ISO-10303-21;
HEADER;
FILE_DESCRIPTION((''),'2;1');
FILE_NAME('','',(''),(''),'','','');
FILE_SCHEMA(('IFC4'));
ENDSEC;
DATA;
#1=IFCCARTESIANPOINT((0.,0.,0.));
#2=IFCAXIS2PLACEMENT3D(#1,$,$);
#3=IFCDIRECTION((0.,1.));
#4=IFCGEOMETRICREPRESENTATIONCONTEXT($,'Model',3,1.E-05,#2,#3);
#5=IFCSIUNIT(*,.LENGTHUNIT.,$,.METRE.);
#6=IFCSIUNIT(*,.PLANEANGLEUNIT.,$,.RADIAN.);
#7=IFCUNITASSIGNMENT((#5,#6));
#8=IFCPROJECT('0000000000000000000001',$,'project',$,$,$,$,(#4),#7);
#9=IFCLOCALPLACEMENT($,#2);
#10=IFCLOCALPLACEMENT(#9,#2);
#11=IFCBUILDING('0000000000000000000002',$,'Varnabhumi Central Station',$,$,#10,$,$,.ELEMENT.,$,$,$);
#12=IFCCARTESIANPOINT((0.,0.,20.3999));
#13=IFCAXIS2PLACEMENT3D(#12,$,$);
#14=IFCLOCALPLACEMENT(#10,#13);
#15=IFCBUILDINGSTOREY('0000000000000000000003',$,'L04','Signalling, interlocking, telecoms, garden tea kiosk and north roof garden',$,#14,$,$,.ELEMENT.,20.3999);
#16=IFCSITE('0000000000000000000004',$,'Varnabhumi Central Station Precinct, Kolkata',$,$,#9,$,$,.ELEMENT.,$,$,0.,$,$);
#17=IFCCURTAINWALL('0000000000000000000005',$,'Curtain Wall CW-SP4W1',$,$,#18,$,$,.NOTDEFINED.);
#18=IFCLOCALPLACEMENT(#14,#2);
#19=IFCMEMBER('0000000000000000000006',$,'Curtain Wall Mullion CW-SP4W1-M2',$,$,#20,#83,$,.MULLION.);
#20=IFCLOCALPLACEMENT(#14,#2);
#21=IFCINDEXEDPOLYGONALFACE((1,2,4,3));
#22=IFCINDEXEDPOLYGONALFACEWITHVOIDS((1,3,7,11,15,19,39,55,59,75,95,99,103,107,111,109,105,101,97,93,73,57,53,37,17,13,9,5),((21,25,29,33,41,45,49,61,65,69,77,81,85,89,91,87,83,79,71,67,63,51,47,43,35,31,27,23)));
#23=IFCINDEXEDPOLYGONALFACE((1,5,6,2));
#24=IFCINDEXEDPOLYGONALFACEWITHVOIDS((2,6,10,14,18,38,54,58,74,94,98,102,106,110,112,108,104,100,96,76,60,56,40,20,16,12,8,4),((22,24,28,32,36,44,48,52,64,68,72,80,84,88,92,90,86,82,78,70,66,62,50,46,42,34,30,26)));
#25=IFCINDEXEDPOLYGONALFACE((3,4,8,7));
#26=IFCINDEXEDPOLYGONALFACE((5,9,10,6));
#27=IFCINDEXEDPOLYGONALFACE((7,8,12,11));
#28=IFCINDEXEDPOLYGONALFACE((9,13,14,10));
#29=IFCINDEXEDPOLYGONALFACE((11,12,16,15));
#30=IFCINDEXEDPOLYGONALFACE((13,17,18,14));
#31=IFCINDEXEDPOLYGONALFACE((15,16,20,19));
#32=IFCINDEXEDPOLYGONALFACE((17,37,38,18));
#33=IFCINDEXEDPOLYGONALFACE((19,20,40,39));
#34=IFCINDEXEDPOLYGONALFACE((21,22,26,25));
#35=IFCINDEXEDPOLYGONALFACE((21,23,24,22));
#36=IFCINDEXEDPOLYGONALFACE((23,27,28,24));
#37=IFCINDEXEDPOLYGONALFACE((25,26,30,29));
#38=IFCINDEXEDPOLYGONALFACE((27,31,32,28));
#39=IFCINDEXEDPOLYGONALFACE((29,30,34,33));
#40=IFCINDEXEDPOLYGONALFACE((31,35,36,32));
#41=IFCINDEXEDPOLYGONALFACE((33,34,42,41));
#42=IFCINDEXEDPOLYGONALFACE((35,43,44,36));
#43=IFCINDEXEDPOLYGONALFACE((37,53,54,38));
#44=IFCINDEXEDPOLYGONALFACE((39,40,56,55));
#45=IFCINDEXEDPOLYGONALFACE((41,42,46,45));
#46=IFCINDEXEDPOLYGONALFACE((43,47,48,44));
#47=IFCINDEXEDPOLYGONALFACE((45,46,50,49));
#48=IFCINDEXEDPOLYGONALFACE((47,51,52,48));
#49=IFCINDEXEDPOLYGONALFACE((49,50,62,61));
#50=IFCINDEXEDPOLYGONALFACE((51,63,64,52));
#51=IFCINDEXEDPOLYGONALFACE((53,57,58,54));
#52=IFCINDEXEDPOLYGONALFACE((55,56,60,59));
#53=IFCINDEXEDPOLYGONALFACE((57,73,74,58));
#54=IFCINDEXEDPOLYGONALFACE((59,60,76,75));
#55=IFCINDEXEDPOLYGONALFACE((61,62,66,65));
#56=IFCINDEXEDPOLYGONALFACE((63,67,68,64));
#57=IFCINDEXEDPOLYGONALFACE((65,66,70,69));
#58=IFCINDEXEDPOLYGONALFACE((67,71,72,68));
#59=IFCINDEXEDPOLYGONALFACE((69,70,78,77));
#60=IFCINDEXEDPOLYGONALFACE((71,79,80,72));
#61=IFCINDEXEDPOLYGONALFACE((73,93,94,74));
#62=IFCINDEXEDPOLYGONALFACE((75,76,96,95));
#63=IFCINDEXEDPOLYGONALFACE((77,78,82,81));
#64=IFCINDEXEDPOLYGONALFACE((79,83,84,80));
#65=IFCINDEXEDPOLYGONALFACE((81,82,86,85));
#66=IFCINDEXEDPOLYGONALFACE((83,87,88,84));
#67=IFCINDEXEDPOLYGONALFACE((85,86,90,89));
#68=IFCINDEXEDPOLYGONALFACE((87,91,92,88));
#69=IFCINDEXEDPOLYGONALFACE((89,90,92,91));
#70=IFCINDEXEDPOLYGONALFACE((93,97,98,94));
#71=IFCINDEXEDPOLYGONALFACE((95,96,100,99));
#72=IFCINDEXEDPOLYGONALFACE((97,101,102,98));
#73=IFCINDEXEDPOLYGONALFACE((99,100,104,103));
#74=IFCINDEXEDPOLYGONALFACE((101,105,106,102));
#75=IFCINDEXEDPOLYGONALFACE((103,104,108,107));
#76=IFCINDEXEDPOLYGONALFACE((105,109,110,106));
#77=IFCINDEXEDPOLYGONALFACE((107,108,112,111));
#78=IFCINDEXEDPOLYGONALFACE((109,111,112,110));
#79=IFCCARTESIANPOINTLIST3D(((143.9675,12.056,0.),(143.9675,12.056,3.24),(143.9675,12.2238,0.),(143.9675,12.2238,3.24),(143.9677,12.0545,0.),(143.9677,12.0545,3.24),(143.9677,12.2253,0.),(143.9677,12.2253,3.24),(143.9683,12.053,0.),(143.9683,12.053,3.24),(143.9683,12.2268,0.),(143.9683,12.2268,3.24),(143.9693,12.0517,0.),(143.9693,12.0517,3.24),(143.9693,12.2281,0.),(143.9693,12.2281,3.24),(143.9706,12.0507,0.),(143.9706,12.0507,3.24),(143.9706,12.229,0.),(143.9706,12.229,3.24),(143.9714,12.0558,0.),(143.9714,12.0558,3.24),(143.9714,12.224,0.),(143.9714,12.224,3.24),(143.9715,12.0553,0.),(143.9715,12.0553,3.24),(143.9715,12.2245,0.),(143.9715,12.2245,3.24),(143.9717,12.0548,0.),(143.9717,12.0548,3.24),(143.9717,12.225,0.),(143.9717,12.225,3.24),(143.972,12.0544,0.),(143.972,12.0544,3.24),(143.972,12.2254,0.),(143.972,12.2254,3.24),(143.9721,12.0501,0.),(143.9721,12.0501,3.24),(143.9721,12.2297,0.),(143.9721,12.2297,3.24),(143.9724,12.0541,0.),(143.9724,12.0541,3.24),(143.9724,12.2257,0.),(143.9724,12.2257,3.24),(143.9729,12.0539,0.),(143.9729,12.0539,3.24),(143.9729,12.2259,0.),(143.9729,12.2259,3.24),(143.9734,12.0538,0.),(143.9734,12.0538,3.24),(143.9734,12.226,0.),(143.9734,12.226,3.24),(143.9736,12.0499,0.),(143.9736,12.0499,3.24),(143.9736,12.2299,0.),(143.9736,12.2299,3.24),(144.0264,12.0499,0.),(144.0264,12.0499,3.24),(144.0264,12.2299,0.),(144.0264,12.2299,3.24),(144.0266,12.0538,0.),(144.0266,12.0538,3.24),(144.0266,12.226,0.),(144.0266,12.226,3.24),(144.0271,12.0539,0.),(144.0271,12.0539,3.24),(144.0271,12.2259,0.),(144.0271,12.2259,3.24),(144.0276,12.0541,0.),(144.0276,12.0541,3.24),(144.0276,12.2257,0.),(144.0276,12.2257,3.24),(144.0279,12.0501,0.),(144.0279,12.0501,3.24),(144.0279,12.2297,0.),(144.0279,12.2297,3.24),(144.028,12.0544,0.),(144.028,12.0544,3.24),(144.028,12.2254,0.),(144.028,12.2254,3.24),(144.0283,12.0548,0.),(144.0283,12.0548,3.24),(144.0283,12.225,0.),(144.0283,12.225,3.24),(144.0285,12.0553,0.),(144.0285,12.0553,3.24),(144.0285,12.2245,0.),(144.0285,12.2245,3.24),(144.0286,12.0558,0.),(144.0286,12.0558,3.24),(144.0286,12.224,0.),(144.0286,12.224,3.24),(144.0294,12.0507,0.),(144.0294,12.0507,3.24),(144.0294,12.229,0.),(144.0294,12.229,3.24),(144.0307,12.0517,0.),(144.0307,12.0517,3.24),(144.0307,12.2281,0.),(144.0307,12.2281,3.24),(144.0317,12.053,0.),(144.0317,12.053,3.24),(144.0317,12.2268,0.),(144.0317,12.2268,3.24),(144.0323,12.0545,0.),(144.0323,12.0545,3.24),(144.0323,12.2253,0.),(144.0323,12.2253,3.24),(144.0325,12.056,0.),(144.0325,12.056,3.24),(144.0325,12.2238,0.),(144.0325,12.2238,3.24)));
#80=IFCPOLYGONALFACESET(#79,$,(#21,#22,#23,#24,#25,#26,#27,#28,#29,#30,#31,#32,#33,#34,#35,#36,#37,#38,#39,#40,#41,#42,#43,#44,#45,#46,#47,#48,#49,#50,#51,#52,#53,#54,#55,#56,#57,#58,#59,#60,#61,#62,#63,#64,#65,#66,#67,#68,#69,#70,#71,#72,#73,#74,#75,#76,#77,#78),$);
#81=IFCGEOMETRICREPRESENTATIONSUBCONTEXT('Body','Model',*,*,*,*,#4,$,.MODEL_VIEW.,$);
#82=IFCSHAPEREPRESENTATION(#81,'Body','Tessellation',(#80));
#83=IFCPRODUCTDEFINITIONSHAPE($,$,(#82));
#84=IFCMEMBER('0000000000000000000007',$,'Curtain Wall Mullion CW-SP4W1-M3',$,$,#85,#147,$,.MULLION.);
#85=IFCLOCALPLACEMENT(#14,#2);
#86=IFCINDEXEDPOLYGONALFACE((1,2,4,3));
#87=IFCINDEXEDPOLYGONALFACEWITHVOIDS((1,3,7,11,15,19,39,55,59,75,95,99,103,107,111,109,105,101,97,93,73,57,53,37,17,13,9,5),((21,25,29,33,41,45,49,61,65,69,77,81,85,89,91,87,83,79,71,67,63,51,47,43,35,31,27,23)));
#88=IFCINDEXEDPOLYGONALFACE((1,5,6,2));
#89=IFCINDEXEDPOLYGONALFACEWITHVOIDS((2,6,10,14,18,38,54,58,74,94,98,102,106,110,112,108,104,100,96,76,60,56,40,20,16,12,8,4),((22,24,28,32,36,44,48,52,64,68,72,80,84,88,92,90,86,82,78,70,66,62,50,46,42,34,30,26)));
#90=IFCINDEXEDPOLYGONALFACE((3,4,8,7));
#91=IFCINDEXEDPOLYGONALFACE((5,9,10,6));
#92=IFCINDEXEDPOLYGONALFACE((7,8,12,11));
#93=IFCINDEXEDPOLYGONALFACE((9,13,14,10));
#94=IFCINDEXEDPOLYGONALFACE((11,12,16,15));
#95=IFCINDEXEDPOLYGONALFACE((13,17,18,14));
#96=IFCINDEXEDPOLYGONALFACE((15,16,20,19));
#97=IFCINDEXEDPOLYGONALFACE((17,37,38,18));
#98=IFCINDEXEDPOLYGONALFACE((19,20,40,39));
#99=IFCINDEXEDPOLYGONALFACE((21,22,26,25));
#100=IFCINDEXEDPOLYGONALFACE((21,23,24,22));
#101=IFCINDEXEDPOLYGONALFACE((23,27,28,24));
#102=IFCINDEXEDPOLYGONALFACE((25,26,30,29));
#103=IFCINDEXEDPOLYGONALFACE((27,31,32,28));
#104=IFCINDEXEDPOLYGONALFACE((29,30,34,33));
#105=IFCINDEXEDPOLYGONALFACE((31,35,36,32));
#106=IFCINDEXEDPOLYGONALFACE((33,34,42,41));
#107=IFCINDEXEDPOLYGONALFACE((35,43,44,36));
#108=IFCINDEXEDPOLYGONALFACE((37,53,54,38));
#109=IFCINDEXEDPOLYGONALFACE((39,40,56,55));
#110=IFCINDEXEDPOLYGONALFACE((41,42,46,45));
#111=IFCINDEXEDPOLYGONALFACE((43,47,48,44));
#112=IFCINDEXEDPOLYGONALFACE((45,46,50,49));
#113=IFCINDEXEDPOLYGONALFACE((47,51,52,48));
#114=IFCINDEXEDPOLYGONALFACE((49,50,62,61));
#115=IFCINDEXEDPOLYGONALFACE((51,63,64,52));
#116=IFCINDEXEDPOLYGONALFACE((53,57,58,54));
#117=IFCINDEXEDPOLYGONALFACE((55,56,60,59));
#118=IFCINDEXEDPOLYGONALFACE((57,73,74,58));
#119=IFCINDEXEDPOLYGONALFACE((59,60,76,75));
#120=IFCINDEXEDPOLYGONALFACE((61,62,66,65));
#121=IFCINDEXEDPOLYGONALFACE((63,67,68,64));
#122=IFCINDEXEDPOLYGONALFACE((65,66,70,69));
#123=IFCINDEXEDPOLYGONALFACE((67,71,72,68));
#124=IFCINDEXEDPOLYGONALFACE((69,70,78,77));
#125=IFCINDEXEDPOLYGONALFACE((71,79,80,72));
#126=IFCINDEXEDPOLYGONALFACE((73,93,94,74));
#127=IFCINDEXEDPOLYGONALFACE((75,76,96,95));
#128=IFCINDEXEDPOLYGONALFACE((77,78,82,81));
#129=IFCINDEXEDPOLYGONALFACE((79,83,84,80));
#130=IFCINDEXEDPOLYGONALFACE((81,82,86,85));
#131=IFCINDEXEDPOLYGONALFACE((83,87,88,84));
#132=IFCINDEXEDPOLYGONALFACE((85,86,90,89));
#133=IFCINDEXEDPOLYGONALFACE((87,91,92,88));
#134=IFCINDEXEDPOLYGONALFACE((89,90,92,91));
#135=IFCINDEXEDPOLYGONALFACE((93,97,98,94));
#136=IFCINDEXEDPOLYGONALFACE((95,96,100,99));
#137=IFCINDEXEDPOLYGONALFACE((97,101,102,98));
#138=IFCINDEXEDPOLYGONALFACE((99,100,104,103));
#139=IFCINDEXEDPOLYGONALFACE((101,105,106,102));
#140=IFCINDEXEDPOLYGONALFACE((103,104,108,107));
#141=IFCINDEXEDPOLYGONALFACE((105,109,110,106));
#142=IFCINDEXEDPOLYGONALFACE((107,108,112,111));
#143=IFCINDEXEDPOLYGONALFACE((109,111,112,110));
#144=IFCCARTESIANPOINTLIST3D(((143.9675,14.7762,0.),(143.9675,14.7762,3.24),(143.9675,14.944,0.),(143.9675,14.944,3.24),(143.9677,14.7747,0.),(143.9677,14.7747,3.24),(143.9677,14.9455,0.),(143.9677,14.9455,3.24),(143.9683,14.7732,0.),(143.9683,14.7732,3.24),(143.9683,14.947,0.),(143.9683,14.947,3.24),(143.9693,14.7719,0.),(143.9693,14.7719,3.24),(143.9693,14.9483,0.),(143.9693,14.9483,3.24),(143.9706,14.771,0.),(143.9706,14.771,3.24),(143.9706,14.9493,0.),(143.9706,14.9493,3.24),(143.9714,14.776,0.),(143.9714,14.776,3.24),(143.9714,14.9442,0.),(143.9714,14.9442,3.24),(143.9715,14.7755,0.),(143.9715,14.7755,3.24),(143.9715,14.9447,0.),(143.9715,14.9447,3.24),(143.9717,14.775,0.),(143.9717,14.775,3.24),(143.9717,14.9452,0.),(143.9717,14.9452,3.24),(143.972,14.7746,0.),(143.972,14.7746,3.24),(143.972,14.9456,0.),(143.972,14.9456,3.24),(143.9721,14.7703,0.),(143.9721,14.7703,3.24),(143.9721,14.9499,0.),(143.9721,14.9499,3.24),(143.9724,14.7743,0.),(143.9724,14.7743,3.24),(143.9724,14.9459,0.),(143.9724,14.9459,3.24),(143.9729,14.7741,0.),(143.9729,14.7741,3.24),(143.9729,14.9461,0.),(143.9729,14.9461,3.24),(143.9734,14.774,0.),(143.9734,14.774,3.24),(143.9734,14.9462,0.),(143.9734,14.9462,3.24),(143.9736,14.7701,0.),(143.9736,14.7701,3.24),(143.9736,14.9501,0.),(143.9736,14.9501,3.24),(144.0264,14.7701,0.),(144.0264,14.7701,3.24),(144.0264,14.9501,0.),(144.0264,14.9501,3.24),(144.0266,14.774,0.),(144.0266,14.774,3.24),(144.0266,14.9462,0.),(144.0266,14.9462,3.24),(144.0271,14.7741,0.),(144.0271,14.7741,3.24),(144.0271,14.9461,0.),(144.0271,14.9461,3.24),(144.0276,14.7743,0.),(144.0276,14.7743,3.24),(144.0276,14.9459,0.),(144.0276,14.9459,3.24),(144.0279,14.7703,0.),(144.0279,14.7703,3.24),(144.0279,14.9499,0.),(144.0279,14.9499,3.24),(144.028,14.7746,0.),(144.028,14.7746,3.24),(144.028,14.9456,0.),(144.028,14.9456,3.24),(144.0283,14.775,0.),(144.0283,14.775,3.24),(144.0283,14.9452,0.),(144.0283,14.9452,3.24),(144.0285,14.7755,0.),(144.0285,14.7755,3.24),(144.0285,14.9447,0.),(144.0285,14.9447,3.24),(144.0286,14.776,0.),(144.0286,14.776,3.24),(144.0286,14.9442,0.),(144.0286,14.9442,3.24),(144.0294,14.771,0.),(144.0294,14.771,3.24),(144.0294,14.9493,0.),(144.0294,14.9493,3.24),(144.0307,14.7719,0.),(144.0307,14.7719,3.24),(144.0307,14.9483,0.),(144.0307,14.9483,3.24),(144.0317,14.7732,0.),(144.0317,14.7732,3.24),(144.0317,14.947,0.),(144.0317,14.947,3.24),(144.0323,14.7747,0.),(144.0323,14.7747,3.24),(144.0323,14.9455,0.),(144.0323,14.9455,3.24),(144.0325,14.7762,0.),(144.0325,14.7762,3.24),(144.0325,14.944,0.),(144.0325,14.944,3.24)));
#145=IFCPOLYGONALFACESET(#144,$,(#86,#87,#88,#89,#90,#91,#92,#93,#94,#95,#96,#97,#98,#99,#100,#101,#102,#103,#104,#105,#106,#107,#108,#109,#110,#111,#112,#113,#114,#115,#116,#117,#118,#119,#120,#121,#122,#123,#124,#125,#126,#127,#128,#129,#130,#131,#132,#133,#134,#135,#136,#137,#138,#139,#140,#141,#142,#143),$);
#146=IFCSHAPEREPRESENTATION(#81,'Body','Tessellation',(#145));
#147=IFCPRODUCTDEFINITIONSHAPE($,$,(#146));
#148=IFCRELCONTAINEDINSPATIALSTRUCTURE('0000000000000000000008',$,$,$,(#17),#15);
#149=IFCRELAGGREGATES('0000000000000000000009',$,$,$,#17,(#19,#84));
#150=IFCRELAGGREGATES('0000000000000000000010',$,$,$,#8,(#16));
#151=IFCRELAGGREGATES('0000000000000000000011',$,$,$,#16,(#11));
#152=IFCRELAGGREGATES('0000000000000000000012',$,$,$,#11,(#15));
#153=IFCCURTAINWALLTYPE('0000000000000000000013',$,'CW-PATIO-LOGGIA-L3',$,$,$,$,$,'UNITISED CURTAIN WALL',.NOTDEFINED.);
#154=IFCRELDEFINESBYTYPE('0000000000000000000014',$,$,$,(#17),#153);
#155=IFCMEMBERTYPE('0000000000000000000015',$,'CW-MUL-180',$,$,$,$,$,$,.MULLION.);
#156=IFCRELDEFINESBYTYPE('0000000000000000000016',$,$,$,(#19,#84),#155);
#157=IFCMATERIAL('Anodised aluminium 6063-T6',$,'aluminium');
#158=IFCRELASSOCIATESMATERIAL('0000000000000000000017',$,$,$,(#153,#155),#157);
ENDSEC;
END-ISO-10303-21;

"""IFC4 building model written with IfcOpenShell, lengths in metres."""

from ifc_helpers import new_model, si_unit, direction, frame, origin, origin_2d, place, context, subcontext, project, spatial, hollow_rectangle, extrude, material, material_profile, profile_set, type_object, element, aggregate, save


model = new_model("IFC4")

# Units and contexts
model_context = context("Model", 3, precision=1e-05, world=origin(), true_north=direction((0.0, 1.0)))
body_context = subcontext(model_context, "Body", "Model", "MODEL_VIEW")
ifc_project = project(units=[si_unit("LENGTHUNIT", "METRE"), si_unit("PLANEANGLEUNIT", "RADIAN")], contexts=[model_context])

# Site, building, storey
site_placement = place(None, origin())
site = spatial("IfcSite", under=ifc_project, at=site_placement, Name="Varnabhumi Central Station Precinct, Kolkata", CompositionType="ELEMENT", RefElevation=0.0)
building_placement = place(site_placement, origin())
building = spatial("IfcBuilding", under=site, at=building_placement, Name="Varnabhumi Central Station", CompositionType="ELEMENT")
storey_placement = place(building_placement, frame((0.0, 0.0, 20.3999)))
storey = spatial("IfcBuildingStorey", under=building, at=storey_placement, Name="L04", Description="Signalling, interlocking, telecoms, garden tea kiosk and north roof garden", CompositionType="ELEMENT", Elevation=20.3999)

# Curtain wall, members
ifc_material_1 = material(Name="Anodised aluminium 6063-T6", Category="aluminium")
curtain_wall_type = type_object("IfcCurtainWallType", Name="CW-PATIO-LOGGIA-L3", ElementType="UNITISED CURTAIN WALL", PredefinedType="NOTDEFINED", material=ifc_material_1)
curtain_wall_1_placement = place(storey_placement, origin())
curtain_wall_1 = element("IfcCurtainWall", 1, at=curtain_wall_1_placement, inside=storey, type_object=curtain_wall_type, Name="Curtain Wall CW-SP4W1", PredefinedType="NOTDEFINED")
ifc_material_profile_1 = material_profile(ifc_material_1, hollow_rectangle(XDim=0.0649, YDim=0.1799, WallThickness=0.0039, InnerFilletRadius=0.002, OuterFilletRadius=0.0061, at=origin_2d()), Name="Anodised aluminium 6063-T6", Category="aluminium")
ifc_profile_set_1 = profile_set([ifc_material_profile_1], Name="Anodised aluminium 6063-T6")
member_type_1 = type_object("IfcMemberType", Name="CW-MUL-180", PredefinedType="MULLION", material=ifc_profile_set_1)
member_1_placement = place(storey_placement, frame((144.0, 12.1399, 0.0), z_axis=(0.0, 0.0, 1.0), x_axis=(1.0, 0.0, 0.0)))
member_1 = element("IfcMember", 2, at=member_1_placement, type_object=member_type_1, Name="Curtain Wall Mullion CW-SP4W1-M2", PredefinedType="MULLION", context=body_context, shape_type="SweptSolid", body=[
    extrude(hollow_rectangle(XDim=0.0649, YDim=0.1799, WallThickness=0.0039, InnerFilletRadius=0.002, OuterFilletRadius=0.0061, at=origin_2d()), origin(), (0.0, 0.0, 1.0), 3.24),
])
member_2_placement = place(storey_placement, frame((144.0, 14.8601, 0.0), z_axis=(0.0, 0.0, 1.0), x_axis=(1.0, 0.0, 0.0)))
member_2 = element("IfcMember", 3, at=member_2_placement, type_object=member_type_1, Name="Curtain Wall Mullion CW-SP4W1-M3", PredefinedType="MULLION", context=body_context, shape_type="SweptSolid", body=[
    extrude(hollow_rectangle(XDim=0.0649, YDim=0.1799, WallThickness=0.0039, InnerFilletRadius=0.002, OuterFilletRadius=0.0061, at=origin_2d()), origin(), (0.0, 0.0, 1.0), 3.24),
])

aggregate(curtain_wall_1, [member_1, member_2])

save(model, "model.ifc")
